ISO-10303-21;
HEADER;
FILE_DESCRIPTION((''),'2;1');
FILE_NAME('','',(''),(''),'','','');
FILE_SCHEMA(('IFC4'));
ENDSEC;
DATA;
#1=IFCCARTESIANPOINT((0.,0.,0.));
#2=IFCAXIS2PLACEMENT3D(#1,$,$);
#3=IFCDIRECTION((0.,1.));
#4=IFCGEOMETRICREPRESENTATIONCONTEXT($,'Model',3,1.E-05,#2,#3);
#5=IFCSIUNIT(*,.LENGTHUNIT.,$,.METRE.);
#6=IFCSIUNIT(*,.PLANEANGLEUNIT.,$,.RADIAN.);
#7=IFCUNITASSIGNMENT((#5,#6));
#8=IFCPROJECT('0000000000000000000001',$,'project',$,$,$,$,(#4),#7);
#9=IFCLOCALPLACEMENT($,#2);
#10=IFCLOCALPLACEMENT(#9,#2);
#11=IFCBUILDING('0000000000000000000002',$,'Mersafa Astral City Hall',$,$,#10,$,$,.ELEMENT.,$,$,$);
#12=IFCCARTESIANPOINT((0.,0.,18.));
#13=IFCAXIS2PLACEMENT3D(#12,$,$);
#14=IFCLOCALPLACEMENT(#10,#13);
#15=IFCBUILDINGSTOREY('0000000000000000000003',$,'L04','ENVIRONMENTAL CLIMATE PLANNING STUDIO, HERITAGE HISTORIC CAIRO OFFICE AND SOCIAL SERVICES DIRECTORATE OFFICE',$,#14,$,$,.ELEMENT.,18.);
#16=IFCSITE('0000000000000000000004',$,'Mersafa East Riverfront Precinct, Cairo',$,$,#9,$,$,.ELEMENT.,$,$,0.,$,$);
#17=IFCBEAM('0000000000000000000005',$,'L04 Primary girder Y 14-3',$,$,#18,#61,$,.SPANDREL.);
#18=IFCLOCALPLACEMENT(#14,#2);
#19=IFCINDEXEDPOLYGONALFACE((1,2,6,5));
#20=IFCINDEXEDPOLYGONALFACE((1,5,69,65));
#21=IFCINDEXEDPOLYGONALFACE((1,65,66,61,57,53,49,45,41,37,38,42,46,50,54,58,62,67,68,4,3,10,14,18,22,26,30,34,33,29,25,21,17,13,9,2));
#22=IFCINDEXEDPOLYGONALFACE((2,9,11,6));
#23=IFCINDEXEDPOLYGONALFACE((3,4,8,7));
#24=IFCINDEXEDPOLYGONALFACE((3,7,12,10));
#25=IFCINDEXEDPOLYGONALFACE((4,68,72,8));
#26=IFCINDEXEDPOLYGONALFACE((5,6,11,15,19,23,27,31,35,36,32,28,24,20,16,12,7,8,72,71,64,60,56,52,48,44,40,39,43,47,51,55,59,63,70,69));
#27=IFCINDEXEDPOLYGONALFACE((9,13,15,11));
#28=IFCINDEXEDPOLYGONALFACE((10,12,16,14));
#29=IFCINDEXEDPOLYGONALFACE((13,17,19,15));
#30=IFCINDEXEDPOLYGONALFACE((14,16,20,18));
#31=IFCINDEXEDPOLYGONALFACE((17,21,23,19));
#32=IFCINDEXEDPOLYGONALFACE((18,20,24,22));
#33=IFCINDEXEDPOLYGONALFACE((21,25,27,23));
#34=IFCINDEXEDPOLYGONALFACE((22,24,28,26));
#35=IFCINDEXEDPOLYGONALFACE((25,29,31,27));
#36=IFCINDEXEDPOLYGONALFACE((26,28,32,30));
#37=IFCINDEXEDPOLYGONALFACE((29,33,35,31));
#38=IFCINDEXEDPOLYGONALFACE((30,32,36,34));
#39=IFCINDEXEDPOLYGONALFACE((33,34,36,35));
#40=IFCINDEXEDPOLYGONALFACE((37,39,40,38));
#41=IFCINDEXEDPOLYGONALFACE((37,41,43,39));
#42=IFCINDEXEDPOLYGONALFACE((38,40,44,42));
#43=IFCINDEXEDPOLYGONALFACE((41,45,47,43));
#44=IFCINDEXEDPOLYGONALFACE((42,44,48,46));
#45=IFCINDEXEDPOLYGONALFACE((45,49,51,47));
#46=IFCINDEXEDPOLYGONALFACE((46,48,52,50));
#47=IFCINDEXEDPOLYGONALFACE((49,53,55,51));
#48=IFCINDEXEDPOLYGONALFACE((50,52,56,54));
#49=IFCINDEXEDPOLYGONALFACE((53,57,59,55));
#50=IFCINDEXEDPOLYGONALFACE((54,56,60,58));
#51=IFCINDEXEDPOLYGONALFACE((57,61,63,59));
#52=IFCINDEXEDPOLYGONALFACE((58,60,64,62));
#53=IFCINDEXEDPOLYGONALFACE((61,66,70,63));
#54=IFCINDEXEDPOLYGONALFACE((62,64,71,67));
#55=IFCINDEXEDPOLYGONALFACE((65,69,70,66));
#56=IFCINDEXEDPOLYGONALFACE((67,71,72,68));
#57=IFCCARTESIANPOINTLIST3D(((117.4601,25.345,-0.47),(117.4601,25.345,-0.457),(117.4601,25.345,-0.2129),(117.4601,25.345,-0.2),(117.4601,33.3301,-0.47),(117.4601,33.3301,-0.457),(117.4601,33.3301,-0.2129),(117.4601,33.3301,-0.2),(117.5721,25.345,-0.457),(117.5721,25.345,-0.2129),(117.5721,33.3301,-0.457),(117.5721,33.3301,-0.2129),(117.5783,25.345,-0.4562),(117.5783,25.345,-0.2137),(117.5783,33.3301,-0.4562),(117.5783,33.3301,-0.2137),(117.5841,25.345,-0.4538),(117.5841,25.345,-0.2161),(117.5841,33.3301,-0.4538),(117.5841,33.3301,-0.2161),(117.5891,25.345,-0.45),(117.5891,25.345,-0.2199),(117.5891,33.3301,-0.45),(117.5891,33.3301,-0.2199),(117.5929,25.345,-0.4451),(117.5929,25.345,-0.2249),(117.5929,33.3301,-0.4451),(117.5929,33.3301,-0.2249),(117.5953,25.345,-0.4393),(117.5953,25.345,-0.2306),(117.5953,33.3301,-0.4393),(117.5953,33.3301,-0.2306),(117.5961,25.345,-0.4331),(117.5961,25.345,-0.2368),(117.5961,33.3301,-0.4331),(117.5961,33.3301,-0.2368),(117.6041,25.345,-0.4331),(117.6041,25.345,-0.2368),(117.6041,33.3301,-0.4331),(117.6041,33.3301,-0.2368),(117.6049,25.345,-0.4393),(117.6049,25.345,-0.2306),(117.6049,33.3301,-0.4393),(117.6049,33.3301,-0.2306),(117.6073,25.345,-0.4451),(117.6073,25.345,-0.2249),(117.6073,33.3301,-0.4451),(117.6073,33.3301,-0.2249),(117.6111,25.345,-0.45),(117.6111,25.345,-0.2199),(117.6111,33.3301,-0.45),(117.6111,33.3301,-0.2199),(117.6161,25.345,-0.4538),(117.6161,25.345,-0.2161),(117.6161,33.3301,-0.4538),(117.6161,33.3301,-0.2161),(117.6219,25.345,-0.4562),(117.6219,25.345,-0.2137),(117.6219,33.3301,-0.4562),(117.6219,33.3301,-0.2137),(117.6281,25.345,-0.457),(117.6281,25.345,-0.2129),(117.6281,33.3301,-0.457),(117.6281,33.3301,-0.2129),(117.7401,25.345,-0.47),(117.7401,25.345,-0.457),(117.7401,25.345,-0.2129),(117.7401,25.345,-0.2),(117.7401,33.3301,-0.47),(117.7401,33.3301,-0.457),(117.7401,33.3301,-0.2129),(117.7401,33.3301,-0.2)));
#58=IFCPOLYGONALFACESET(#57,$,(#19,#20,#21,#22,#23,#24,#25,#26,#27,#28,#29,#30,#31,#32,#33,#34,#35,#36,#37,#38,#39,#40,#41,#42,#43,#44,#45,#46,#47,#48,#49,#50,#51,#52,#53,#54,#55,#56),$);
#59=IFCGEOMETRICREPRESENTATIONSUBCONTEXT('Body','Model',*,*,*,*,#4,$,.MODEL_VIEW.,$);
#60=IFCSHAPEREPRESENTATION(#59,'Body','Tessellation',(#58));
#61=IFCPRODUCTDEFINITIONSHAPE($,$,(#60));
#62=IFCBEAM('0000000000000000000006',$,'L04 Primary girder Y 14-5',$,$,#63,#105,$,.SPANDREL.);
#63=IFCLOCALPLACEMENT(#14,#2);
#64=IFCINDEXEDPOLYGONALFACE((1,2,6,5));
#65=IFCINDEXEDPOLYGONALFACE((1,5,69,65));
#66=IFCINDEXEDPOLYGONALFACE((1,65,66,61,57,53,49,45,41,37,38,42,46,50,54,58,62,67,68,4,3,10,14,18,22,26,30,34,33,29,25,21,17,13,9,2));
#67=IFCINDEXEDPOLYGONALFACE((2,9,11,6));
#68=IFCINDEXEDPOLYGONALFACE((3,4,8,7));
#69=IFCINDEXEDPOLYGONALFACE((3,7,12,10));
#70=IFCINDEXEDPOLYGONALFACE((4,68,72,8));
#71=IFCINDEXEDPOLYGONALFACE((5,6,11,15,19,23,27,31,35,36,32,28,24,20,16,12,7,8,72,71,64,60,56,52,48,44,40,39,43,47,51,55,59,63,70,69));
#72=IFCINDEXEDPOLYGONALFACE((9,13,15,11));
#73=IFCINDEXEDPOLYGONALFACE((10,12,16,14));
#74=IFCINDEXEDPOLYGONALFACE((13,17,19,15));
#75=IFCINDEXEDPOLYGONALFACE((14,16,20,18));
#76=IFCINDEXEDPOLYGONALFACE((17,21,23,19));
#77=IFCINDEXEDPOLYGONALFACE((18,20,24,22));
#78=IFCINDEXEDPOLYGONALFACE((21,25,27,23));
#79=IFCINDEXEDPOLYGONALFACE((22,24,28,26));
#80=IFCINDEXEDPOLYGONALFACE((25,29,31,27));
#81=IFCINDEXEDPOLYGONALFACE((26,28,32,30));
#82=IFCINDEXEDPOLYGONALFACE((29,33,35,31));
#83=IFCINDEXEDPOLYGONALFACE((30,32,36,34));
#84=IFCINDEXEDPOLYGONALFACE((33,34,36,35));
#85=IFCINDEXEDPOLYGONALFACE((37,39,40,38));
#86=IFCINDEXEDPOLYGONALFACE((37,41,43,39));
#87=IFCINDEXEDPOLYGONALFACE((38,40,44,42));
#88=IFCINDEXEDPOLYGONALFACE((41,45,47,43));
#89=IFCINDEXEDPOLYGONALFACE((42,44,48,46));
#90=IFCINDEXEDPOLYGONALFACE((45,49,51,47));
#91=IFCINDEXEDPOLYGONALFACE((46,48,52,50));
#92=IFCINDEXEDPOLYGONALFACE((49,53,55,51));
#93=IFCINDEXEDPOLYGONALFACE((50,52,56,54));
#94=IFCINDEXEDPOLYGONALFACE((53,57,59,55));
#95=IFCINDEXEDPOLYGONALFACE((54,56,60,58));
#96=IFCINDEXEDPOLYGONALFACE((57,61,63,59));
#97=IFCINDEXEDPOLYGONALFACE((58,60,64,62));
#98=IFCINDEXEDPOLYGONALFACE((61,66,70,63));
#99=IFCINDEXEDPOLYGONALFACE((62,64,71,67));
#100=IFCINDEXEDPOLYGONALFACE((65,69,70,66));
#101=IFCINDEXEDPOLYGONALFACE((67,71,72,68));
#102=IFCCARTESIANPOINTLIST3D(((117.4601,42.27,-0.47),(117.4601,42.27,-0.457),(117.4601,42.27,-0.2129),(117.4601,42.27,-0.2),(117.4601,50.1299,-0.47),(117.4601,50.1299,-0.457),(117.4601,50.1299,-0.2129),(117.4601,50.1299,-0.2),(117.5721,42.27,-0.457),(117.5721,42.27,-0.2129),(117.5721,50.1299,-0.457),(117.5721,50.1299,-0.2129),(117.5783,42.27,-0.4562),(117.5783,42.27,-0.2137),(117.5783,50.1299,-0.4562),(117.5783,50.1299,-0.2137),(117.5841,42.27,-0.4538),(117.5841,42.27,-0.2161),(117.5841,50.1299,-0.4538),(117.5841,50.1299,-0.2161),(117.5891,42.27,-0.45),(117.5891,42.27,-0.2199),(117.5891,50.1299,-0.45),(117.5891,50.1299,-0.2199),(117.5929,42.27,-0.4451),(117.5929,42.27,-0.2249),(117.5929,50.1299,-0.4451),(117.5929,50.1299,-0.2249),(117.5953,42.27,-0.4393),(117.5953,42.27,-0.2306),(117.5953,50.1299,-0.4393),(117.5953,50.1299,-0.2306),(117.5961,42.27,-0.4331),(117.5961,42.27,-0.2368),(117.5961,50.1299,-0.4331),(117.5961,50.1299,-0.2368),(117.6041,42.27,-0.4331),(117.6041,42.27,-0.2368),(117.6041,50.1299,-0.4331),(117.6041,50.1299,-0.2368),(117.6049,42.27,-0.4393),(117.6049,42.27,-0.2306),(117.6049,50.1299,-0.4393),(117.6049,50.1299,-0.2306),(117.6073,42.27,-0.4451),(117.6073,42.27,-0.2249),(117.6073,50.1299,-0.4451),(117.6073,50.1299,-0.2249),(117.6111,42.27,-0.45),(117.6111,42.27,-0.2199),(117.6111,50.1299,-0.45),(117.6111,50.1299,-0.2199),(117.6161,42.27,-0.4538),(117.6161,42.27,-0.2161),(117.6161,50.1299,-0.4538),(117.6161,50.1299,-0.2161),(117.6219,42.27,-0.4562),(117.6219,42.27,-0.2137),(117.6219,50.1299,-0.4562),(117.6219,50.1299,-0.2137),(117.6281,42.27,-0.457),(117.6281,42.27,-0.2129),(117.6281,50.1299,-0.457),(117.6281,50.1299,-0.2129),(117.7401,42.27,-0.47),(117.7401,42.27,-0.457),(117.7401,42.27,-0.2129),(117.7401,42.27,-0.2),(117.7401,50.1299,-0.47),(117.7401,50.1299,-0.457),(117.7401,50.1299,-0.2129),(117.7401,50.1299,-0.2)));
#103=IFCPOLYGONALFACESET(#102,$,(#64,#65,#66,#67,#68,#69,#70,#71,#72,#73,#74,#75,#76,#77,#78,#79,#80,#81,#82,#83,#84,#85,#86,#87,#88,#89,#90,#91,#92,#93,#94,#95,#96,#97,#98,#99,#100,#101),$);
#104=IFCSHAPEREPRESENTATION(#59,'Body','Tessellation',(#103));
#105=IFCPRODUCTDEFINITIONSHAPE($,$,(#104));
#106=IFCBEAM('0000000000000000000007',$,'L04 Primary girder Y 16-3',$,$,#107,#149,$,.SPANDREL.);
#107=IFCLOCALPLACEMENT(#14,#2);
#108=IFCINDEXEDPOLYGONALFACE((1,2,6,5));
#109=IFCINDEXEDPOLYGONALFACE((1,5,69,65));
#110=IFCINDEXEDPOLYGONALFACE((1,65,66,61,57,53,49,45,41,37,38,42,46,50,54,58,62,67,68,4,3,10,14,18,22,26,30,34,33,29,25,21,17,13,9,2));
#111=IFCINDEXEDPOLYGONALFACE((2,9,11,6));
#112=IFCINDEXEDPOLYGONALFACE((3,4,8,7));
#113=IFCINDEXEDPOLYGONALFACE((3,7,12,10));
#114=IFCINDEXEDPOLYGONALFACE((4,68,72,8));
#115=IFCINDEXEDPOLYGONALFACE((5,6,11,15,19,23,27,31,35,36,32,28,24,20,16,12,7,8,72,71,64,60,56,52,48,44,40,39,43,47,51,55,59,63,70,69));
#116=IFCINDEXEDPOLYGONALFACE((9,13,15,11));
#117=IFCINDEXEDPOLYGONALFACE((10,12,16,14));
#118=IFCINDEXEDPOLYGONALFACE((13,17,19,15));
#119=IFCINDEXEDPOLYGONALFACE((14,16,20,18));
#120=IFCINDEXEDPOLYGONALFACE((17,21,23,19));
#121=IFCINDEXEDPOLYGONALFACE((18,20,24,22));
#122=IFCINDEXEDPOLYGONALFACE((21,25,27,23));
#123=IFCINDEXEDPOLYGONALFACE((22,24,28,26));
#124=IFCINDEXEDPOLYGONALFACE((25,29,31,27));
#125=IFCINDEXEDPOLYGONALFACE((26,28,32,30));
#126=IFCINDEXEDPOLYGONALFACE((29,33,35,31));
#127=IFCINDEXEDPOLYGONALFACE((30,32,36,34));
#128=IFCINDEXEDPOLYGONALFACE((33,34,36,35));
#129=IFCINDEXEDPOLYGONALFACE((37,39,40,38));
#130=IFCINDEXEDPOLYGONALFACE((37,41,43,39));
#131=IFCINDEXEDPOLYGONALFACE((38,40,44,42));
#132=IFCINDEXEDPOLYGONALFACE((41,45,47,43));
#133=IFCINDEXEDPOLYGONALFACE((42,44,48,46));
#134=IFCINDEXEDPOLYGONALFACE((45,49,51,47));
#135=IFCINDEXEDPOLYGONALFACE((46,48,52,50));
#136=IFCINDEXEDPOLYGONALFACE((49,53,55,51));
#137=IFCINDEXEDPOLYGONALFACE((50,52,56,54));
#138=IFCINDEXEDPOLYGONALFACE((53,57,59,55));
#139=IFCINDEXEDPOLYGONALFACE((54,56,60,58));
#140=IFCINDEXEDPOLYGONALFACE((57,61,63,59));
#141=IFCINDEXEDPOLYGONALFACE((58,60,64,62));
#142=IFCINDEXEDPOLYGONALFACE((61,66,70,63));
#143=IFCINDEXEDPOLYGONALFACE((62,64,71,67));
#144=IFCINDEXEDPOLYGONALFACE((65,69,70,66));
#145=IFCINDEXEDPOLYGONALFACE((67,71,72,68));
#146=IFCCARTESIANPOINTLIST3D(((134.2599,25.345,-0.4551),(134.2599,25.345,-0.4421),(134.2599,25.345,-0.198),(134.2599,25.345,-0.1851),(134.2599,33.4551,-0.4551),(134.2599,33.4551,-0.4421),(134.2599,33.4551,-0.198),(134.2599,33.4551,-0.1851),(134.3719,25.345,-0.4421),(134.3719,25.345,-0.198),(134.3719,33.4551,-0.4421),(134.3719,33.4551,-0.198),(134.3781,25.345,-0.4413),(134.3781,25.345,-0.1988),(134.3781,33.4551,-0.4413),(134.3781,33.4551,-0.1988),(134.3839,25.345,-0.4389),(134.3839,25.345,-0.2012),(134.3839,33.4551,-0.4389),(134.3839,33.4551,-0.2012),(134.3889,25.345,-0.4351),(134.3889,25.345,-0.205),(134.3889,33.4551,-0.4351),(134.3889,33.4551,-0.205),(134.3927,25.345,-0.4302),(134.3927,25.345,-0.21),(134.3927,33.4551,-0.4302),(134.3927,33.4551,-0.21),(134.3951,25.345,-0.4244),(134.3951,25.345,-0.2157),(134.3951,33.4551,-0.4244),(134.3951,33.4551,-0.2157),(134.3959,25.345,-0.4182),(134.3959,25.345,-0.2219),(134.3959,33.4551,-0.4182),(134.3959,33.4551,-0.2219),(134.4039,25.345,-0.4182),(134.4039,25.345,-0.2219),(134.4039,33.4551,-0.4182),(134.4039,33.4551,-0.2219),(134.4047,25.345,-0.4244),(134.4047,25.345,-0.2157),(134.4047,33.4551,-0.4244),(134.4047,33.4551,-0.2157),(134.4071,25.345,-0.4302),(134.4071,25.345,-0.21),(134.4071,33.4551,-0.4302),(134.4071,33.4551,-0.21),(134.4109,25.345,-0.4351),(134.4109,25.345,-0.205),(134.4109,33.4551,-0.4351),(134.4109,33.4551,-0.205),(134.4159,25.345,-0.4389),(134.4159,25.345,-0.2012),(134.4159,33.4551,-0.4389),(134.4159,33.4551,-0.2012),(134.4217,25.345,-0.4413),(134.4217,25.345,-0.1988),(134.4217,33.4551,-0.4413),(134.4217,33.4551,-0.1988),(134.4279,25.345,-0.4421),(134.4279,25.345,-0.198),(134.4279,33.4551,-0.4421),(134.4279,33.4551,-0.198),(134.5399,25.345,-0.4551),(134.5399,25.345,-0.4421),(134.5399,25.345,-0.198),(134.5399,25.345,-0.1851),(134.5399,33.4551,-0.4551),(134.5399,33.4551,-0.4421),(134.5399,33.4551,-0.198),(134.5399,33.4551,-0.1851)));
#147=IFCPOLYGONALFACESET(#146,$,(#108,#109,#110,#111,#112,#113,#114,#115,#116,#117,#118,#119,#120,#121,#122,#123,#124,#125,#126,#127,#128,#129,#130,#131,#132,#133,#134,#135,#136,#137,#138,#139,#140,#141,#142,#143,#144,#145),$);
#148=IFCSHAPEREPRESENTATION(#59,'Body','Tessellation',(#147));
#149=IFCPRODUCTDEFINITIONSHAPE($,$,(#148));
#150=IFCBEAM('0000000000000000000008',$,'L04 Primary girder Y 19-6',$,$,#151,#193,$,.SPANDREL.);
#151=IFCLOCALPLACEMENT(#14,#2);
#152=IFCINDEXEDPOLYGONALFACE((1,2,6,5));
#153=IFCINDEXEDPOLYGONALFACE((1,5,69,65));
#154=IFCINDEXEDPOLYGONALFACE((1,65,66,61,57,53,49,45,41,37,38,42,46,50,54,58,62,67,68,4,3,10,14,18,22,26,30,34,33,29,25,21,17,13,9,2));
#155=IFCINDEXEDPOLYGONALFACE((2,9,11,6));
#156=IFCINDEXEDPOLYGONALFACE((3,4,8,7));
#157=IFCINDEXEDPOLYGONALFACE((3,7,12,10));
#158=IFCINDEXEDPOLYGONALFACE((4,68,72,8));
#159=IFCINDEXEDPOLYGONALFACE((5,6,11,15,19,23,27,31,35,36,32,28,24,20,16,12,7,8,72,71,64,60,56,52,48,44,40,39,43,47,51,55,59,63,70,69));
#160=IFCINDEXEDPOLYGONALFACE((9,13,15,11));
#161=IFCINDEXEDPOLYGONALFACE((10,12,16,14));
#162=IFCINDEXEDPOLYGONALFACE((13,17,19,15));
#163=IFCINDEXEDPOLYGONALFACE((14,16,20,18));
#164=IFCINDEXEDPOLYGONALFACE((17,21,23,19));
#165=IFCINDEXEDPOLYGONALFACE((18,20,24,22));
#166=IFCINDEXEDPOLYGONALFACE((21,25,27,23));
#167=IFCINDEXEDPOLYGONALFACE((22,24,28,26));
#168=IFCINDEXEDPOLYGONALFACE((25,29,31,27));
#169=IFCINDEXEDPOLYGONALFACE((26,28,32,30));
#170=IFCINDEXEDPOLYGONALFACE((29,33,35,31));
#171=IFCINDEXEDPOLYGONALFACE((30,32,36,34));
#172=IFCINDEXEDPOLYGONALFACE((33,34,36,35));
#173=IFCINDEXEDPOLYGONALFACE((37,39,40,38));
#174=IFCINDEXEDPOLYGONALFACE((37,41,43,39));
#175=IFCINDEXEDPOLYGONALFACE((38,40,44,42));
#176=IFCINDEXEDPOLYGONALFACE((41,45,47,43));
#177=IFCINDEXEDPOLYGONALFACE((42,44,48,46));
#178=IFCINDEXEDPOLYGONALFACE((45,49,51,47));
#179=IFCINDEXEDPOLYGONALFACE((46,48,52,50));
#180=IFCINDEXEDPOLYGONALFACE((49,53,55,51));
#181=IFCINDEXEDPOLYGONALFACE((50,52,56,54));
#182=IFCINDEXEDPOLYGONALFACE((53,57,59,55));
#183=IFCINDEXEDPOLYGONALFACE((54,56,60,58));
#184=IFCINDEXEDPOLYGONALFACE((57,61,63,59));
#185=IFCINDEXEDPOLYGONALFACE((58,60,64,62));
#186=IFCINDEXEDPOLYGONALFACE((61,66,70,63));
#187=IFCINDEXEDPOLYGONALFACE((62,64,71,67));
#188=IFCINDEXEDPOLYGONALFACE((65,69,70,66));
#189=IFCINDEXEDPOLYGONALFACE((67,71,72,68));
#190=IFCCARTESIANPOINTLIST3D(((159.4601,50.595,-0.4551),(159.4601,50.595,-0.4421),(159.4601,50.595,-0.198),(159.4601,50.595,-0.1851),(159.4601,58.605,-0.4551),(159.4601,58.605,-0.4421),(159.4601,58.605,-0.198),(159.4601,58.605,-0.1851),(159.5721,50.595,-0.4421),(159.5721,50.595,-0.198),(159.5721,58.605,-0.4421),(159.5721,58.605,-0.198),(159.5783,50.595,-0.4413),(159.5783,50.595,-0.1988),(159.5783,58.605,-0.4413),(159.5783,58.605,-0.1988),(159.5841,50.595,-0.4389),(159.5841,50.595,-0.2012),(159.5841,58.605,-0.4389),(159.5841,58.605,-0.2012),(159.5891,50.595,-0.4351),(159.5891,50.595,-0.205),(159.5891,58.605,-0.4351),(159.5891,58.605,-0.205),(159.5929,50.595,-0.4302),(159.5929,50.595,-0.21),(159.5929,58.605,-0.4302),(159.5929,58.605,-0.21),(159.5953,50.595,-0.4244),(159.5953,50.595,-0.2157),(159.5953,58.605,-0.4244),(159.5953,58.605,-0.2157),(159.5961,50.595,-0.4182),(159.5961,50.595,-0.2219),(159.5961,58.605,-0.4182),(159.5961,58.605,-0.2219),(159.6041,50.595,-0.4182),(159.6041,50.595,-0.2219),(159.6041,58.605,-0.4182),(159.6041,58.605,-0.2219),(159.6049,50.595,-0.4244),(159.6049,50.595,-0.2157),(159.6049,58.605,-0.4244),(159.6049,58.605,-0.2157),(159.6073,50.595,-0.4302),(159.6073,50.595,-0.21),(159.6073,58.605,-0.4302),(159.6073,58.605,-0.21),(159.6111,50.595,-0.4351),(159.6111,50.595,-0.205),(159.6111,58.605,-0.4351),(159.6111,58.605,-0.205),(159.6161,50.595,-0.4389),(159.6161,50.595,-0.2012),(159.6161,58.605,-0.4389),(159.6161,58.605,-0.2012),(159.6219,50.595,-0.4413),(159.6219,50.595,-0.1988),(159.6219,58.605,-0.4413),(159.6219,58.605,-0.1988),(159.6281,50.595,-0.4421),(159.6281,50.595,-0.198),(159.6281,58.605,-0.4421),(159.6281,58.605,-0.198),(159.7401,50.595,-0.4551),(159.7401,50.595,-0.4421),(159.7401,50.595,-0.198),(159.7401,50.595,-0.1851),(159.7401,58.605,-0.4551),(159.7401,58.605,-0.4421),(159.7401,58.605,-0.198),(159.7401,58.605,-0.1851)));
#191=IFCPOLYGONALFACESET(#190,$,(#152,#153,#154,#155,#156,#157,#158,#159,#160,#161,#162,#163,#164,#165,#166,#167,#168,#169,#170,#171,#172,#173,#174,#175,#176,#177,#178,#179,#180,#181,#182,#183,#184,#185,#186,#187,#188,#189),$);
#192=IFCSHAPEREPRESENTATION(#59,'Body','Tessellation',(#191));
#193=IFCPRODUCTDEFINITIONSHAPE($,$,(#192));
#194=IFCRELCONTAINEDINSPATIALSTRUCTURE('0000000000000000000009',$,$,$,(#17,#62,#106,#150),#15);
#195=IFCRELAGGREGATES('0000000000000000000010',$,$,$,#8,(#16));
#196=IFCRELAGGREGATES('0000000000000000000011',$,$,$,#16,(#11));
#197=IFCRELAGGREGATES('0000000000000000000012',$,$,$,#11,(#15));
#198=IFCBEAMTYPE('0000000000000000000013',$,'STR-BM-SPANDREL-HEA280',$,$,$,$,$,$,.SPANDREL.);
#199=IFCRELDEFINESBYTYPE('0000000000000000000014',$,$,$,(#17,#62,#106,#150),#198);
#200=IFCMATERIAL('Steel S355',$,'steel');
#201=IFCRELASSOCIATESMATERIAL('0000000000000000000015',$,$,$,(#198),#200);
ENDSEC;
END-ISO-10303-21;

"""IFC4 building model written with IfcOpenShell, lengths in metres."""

from ifc_helpers import new_model, si_unit, direction, frame, origin, origin_2d, place, context, subcontext, project, spatial, i_section, extrude, material, material_profile, profile_set, type_object, element, save


model = new_model("IFC4")

# Units and contexts
model_context = context("Model", 3, precision=1e-05, world=origin(), true_north=direction((0.0, 1.0)))
body_context = subcontext(model_context, "Body", "Model", "MODEL_VIEW")
ifc_project = project(units=[si_unit("LENGTHUNIT", "METRE"), si_unit("PLANEANGLEUNIT", "RADIAN")], contexts=[model_context])

# Site, building, storey
site_placement = place(None, origin())
site = spatial("IfcSite", under=ifc_project, at=site_placement, Name="Mersafa East Riverfront Precinct, Cairo", CompositionType="ELEMENT", RefElevation=0.0)
building_placement = place(site_placement, origin())
building = spatial("IfcBuilding", under=site, at=building_placement, Name="Mersafa Astral City Hall", CompositionType="ELEMENT")
storey_placement = place(building_placement, frame((0.0, 0.0, 18.0)))
storey = spatial("IfcBuildingStorey", under=building, at=storey_placement, Name="L04", Description="ENVIRONMENTAL CLIMATE PLANNING STUDIO, HERITAGE HISTORIC CAIRO OFFICE AND SOCIAL SERVICES DIRECTORATE OFFICE", CompositionType="ELEMENT", Elevation=18.0)

# Shared definitions
ifc_material_1 = material(Name="Steel S355", Category="steel")

# Beams
ifc_material_profile_1 = material_profile(ifc_material_1, i_section(OverallWidth=0.28, OverallDepth=0.27, WebThickness=0.0081, FlangeThickness=0.0129, FilletRadius=0.0239, at=origin_2d()), Name="HEA 280")
ifc_profile_set_1 = profile_set([ifc_material_profile_1], Name="Steel S355")
beam_type_1 = type_object("IfcBeamType", Name="STR-BM-SPANDREL-HEA280", PredefinedType="SPANDREL", material=ifc_profile_set_1)
beam_1_placement = place(storey_placement, frame((117.6001, 25.345, -0.335), z_axis=(0.0, 1.0, 0.0), x_axis=(-1.0, 0.0, 0.0)))
element("IfcBeam", 1, at=beam_1_placement, inside=storey, type_object=beam_type_1, Name="L04 Primary girder Y 14-3", PredefinedType="SPANDREL", context=body_context, shape_type="SweptSolid", body=[
    extrude(i_section(OverallWidth=0.28, OverallDepth=0.27, WebThickness=0.0081, FlangeThickness=0.0129, FilletRadius=0.0239, at=origin_2d()), origin(), (0.0, 0.0, 1.0), 7.9851),
])
beam_2_placement = place(storey_placement, frame((117.6001, 42.27, -0.335), z_axis=(0.0, 1.0, 0.0), x_axis=(-1.0, 0.0, 0.0)))
element("IfcBeam", 2, at=beam_2_placement, inside=storey, type_object=beam_type_1, Name="L04 Primary girder Y 14-5", PredefinedType="SPANDREL", context=body_context, shape_type="SweptSolid", body=[
    extrude(i_section(OverallWidth=0.28, OverallDepth=0.27, WebThickness=0.0081, FlangeThickness=0.0129, FilletRadius=0.0239, at=origin_2d()), origin(), (0.0, 0.0, 1.0), 7.8599),
])
beam_3_placement = place(storey_placement, frame((134.3999, 25.345, -0.3201), z_axis=(0.0, 1.0, 0.0), x_axis=(-1.0, 0.0, 0.0)))
element("IfcBeam", 3, at=beam_3_placement, inside=storey, type_object=beam_type_1, Name="L04 Primary girder Y 16-3", PredefinedType="SPANDREL", context=body_context, shape_type="SweptSolid", body=[
    extrude(i_section(OverallWidth=0.28, OverallDepth=0.27, WebThickness=0.0081, FlangeThickness=0.0129, FilletRadius=0.0239, at=origin_2d()), origin(), (0.0, 0.0, 1.0), 8.1101),
])
beam_4_placement = place(storey_placement, frame((159.6001, 50.595, -0.3201), z_axis=(0.0, 1.0, 0.0), x_axis=(-1.0, 0.0, 0.0)))
element("IfcBeam", 4, at=beam_4_placement, inside=storey, type_object=beam_type_1, Name="L04 Primary girder Y 19-6", PredefinedType="SPANDREL", context=body_context, shape_type="SweptSolid", body=[
    extrude(i_section(OverallWidth=0.28, OverallDepth=0.27, WebThickness=0.0081, FlangeThickness=0.0129, FilletRadius=0.0239, at=origin_2d()), origin(), (0.0, 0.0, 1.0), 8.01),
])

save(model, "model.ifc")
